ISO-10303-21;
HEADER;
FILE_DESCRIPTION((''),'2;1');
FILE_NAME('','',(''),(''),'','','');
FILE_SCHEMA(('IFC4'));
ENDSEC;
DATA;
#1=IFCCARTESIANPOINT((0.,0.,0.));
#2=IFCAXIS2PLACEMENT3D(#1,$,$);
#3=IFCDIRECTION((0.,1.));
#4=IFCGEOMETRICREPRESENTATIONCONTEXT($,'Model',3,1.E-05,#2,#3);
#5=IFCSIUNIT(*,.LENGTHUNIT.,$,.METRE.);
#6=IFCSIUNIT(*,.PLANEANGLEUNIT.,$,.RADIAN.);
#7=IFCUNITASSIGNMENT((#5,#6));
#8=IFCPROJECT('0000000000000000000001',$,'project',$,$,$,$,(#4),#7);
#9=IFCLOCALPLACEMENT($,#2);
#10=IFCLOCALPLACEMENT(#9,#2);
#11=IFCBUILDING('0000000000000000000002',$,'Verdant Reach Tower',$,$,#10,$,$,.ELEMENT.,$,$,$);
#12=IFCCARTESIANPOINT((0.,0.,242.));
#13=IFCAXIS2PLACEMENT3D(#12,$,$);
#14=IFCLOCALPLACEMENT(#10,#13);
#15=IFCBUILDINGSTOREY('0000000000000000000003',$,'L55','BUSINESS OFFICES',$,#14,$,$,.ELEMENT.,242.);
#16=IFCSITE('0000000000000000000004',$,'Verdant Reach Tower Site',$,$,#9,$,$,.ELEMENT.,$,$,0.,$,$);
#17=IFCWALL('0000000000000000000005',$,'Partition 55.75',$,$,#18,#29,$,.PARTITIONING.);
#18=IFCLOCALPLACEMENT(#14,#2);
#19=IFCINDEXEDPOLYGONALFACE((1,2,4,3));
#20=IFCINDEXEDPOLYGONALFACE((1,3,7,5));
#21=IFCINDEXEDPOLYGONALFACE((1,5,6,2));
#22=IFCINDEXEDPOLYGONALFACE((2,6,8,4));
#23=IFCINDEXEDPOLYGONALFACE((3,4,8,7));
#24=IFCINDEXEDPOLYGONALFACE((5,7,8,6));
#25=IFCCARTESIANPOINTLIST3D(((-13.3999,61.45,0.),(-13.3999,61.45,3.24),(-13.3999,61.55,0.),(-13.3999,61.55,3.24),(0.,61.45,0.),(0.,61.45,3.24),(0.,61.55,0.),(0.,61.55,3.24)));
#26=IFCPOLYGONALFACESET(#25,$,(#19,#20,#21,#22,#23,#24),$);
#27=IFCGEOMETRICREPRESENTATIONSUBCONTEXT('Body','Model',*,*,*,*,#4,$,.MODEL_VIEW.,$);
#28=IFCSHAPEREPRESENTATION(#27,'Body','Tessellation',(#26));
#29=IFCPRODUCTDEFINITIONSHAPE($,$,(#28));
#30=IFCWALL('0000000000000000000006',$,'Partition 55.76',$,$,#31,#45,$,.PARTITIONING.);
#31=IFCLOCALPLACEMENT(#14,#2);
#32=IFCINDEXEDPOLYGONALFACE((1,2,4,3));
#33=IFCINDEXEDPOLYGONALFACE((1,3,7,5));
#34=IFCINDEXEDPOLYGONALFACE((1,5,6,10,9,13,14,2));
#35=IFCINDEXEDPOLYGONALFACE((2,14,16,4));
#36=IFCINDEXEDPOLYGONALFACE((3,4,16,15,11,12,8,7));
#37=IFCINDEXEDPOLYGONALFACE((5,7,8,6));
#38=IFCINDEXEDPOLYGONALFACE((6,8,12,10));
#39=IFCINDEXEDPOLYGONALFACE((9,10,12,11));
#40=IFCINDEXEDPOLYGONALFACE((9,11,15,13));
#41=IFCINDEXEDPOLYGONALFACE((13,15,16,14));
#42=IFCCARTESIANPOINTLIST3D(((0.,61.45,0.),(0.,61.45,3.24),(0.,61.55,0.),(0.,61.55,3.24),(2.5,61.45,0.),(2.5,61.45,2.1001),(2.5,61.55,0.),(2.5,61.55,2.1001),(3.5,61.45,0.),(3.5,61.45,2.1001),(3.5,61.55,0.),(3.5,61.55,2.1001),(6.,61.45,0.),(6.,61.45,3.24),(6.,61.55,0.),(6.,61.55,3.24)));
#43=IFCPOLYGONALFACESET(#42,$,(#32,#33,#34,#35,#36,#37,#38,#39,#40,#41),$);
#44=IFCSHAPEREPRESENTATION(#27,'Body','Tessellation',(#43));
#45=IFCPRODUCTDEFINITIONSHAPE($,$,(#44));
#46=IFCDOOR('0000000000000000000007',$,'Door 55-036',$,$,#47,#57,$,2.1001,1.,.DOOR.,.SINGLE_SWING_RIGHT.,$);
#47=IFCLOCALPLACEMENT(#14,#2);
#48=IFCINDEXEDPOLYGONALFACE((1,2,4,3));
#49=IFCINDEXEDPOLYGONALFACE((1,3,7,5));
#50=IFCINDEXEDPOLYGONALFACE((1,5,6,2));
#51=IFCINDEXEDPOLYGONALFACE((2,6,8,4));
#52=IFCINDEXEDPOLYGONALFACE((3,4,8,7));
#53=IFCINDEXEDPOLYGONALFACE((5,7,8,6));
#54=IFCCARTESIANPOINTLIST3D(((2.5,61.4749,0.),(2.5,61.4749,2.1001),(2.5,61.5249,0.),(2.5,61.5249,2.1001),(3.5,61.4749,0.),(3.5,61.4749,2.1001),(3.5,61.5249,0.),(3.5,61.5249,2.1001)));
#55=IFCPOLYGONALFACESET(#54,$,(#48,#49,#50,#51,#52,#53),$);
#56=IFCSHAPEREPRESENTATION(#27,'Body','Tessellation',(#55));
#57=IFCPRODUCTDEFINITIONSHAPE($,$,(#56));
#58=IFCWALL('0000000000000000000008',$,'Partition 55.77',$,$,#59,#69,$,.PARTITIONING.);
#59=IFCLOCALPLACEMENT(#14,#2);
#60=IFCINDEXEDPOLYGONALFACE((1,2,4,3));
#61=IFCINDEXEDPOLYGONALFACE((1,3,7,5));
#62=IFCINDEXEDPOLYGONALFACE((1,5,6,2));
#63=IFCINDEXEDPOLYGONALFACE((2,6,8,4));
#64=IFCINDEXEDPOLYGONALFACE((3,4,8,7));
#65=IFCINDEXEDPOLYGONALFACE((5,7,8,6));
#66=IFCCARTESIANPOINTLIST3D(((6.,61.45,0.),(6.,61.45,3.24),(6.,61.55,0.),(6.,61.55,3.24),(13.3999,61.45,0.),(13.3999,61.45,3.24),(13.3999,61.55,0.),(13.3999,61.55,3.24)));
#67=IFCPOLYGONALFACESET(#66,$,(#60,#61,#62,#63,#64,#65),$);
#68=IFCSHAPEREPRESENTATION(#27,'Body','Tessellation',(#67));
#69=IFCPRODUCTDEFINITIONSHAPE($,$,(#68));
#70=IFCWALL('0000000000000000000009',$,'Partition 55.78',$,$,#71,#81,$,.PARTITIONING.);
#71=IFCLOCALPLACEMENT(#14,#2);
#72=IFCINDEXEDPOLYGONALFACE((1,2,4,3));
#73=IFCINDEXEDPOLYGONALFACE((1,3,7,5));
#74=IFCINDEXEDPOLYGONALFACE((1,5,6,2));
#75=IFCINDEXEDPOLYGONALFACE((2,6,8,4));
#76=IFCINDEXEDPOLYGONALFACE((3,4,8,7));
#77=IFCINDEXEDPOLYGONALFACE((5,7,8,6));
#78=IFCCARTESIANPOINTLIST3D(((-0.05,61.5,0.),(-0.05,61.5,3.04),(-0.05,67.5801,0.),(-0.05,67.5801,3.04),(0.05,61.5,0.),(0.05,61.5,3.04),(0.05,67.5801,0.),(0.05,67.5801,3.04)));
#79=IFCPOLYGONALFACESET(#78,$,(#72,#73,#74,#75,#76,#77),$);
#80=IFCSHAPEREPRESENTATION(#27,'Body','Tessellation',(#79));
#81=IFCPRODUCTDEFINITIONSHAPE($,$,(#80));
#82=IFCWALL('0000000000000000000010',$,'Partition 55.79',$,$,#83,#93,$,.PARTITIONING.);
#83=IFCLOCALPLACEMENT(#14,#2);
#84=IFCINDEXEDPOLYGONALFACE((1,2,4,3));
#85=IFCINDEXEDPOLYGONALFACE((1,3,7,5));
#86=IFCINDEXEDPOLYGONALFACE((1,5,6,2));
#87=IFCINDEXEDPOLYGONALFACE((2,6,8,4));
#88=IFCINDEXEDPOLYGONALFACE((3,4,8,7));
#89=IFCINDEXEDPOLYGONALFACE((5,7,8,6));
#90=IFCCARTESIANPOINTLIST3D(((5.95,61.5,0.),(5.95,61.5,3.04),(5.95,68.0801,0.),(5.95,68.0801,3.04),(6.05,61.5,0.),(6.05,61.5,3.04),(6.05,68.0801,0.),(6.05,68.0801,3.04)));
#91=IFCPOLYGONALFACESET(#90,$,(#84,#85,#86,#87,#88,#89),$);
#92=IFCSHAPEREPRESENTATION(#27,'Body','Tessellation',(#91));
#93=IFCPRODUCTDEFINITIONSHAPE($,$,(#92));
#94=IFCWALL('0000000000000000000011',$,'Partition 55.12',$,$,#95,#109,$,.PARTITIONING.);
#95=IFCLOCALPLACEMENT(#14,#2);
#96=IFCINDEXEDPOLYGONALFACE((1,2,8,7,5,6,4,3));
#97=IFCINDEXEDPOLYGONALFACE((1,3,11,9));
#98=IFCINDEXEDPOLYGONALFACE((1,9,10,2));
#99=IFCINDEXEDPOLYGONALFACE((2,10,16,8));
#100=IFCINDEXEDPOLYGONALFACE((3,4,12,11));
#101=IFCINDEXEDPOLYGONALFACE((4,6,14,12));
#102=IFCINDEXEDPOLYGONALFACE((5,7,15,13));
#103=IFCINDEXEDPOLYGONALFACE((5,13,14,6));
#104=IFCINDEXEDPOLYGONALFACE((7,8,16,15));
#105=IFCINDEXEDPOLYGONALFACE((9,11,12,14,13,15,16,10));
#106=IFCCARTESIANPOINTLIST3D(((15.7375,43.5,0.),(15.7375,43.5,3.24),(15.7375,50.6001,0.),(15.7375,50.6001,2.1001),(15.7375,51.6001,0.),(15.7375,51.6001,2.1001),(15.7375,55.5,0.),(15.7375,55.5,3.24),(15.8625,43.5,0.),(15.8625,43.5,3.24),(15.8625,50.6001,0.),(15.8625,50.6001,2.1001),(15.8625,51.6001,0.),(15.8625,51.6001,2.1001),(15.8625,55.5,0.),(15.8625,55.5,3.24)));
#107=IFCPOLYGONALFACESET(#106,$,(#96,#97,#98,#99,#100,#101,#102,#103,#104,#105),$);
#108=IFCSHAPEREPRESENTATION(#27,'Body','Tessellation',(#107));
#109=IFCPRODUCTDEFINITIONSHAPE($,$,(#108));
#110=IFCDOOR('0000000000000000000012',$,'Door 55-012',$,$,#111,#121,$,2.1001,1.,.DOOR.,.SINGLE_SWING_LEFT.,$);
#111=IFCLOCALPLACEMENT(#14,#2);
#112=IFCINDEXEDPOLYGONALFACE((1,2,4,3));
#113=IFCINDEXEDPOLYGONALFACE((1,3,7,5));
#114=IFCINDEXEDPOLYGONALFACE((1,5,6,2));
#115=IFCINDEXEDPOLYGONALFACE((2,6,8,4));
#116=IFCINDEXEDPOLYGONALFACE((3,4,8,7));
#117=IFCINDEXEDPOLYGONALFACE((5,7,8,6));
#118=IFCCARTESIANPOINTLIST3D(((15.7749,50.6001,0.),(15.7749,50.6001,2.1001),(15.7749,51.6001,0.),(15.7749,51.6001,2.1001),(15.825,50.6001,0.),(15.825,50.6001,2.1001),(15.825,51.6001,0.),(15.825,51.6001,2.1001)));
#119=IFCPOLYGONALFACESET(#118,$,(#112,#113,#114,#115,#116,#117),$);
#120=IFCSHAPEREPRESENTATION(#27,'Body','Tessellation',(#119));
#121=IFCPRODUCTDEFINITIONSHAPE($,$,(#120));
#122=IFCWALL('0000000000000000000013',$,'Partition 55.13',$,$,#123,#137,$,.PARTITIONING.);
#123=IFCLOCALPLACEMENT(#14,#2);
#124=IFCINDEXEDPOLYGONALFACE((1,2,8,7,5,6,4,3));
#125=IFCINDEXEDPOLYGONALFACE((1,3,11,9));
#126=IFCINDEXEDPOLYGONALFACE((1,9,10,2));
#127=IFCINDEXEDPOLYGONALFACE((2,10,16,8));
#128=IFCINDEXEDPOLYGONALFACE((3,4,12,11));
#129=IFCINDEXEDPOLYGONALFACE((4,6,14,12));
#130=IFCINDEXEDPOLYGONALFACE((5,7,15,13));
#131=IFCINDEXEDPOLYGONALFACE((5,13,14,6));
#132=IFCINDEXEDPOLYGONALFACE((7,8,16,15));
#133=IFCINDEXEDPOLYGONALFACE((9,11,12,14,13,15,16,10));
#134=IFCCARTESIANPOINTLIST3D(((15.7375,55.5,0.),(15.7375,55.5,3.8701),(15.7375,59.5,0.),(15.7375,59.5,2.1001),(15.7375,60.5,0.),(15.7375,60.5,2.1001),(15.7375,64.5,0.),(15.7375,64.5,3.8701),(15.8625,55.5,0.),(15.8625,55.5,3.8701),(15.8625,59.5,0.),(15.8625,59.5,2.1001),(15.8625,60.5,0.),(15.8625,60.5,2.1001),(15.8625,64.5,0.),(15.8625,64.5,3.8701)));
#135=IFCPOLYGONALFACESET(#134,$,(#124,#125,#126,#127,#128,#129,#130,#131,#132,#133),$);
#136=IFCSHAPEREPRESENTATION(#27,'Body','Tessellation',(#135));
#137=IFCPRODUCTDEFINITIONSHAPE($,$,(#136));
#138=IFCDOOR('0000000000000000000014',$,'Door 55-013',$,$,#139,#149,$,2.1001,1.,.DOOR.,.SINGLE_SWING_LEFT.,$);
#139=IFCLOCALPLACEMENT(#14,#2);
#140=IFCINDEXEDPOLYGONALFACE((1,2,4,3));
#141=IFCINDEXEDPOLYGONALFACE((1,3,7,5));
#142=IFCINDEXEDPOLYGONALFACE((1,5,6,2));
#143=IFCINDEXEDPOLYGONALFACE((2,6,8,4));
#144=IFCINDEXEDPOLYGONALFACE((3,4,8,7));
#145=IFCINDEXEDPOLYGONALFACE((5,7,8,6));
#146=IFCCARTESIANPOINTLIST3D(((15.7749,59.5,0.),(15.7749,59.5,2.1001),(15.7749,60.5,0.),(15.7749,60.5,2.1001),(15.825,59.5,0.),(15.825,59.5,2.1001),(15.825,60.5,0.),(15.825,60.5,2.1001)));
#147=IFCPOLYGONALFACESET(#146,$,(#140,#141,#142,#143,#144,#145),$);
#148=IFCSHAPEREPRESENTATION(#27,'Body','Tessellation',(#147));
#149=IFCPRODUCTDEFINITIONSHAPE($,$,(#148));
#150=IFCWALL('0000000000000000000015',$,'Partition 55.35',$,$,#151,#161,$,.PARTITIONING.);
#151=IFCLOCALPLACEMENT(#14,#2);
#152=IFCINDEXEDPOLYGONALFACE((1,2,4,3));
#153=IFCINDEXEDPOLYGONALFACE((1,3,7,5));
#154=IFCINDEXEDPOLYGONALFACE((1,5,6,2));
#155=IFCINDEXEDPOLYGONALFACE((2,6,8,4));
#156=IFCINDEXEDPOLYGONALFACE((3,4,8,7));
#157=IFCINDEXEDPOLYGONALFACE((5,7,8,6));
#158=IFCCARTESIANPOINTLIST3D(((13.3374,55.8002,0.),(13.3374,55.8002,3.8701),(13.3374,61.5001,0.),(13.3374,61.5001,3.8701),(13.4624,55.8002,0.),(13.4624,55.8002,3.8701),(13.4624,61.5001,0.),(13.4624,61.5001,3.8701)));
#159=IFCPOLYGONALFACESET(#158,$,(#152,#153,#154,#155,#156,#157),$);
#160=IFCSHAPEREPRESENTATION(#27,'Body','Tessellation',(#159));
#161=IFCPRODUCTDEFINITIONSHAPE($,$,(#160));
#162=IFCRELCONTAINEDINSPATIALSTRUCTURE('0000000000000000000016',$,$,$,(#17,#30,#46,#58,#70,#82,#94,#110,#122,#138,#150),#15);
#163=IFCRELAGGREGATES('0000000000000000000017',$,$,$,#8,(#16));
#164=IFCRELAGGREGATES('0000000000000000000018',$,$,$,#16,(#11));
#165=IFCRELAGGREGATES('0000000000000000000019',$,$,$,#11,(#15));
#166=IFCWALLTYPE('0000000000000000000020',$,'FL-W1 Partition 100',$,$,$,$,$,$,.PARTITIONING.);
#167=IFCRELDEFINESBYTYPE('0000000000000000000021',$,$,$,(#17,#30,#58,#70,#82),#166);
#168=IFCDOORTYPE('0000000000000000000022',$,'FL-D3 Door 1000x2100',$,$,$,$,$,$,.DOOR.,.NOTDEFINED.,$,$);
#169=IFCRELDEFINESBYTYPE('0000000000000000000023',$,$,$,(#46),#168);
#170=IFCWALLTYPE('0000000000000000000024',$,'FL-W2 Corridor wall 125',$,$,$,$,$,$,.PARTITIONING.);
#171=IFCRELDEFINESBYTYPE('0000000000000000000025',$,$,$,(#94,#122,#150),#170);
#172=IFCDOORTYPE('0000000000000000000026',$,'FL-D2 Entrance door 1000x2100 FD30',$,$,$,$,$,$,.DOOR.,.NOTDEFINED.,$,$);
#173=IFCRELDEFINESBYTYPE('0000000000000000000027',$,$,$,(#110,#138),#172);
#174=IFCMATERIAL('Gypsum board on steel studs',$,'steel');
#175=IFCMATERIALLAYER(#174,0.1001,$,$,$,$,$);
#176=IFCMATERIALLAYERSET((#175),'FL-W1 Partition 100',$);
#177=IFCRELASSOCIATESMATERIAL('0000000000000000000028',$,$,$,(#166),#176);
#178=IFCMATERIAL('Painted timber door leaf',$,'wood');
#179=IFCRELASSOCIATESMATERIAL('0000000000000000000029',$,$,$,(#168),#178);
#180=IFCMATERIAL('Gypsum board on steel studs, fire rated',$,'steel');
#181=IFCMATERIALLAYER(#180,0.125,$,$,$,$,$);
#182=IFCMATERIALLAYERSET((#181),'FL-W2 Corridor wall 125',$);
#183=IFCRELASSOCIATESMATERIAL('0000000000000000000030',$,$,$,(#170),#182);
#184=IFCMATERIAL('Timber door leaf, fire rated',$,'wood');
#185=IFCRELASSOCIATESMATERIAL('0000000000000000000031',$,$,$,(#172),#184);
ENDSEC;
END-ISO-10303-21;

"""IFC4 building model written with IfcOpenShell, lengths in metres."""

from ifc_helpers import new_model, si_unit, direction, frame, frame_2d, origin, place, context, subcontext, project, spatial, rectangle, extrude, material, layer, layer_set, type_object, element, fill, save


model = new_model("IFC4")

# Units and contexts
model_context = context("Model", 3, precision=1e-05, world=origin(), true_north=direction((0.0, 1.0)))
body_context = subcontext(model_context, "Body", "Model", "MODEL_VIEW")
ifc_project = project(units=[si_unit("LENGTHUNIT", "METRE"), si_unit("PLANEANGLEUNIT", "RADIAN")], contexts=[model_context])

# Site, building, storey
site_placement = place(None, origin())
site = spatial("IfcSite", under=ifc_project, at=site_placement, Name="Verdant Reach Tower Site", CompositionType="ELEMENT", RefElevation=0.0)
building_placement = place(site_placement, origin())
building = spatial("IfcBuilding", under=site, at=building_placement, Name="Verdant Reach Tower", CompositionType="ELEMENT")
storey_placement = place(building_placement, frame((0.0, 0.0, 242.0)))
storey = spatial("IfcBuildingStorey", under=building, at=storey_placement, Name="L55", Description="BUSINESS OFFICES", CompositionType="ELEMENT", Elevation=242.0)

# Wall
ifc_material_1 = material(Name="Gypsum board on steel studs", Category="steel")
ifc_layer_1 = layer(ifc_material_1, 0.1001)
ifc_layer_set_1 = layer_set([ifc_layer_1], Name="FL-W1 Partition 100")
wall_type_1 = type_object("IfcWallType", Name="FL-W1 Partition 100", PredefinedType="PARTITIONING", material=ifc_layer_set_1)
wall_1_placement = place(storey_placement, frame((0.0, 61.5, 0.0), z_axis=(0.0, 0.0, 1.0), x_axis=(-1.0, 0.0, 0.0)))
element("IfcWall", 1, at=wall_1_placement, inside=storey, type_object=wall_type_1, Name="Partition 55.75", PredefinedType="PARTITIONING", context=body_context, shape_type="SweptSolid", body=[
    extrude(rectangle(XDim=13.3999, YDim=0.1001, at=frame_2d((6.7, 0.0))), origin(), (0.0, 0.0, 1.0), 3.24),
])

# Wall, opening, door
wall_2_placement = place(storey_placement, frame((0.0, 61.5, 0.0), z_axis=(0.0, 0.0, 1.0), x_axis=(1.0, 0.0, 0.0)))
wall_2 = element("IfcWall", 2, at=wall_2_placement, inside=storey, type_object=wall_type_1, Name="Partition 55.76", PredefinedType="PARTITIONING", context=body_context, shape_type="SweptSolid", body=[
    extrude(rectangle(XDim=6.0, YDim=0.1001, at=frame_2d((3.0, 0.0))), origin(), (0.0, 0.0, 1.0), 3.24),
])
opening_1_placement = place(wall_2_placement, frame((2.5, 0.0, 0.0)))
opening_1 = element("IfcOpeningElement", 3, at=opening_1_placement, cuts=wall_2, PredefinedType="OPENING", context=body_context, shape_type="SweptSolid", body=[
    extrude(rectangle(XDim=1.0, YDim=2.1001, at=frame_2d((0.5, 1.05))), frame((0.0, 0.0601, 0.0), z_axis=(0.0, -1.0, 0.0), x_axis=(1.0, 0.0, 0.0)), (0.0, 0.0, 1.0), 0.1201),
])
ifc_material_2 = material(Name="Painted timber door leaf", Category="wood")
door_type_1 = type_object("IfcDoorType", Name="FL-D3 Door 1000x2100", OperationType="NOTDEFINED", PredefinedType="DOOR", material=ifc_material_2)
door_1_placement = place(opening_1_placement, origin())
door_1 = element("IfcDoor", 4, at=door_1_placement, inside=storey, type_object=door_type_1, Name="Door 55-036", OperationType="SINGLE_SWING_RIGHT", OverallHeight=2.1001, OverallWidth=1.0, PredefinedType="DOOR", context=body_context, shape_type="SweptSolid", body=[
    extrude(rectangle(XDim=1.0, YDim=2.1001, at=frame_2d((0.5, 1.05))), frame((0.0, 0.0249, 0.0), z_axis=(0.0, -1.0, 0.0), x_axis=(1.0, 0.0, 0.0)), (0.0, 0.0, 1.0), 0.05),
])
fill(opening_1, door_1)

# Walls
wall_3_placement = place(storey_placement, frame((13.3999, 61.5, 0.0), z_axis=(0.0, 0.0, 1.0), x_axis=(-1.0, 0.0, 0.0)))
element("IfcWall", 5, at=wall_3_placement, inside=storey, type_object=wall_type_1, Name="Partition 55.77", PredefinedType="PARTITIONING", context=body_context, shape_type="SweptSolid", body=[
    extrude(rectangle(XDim=7.3999, YDim=0.1001, at=frame_2d((3.7, 0.0))), origin(), (0.0, 0.0, 1.0), 3.24),
])
wall_4_placement = place(storey_placement, frame((0.0, 61.5, 0.0), z_axis=(0.0, 0.0, 1.0), x_axis=(0.0, 1.0, 0.0)))
element("IfcWall", 6, at=wall_4_placement, inside=storey, type_object=wall_type_1, Name="Partition 55.78", PredefinedType="PARTITIONING", context=body_context, shape_type="SweptSolid", body=[
    extrude(rectangle(XDim=6.0801, YDim=0.1001, at=frame_2d((3.04, 0.0))), origin(), (0.0, 0.0, 1.0), 3.04),
])
wall_5_placement = place(storey_placement, frame((6.0, 61.5, 0.0), z_axis=(0.0, 0.0, 1.0), x_axis=(0.0, 1.0, 0.0)))
element("IfcWall", 7, at=wall_5_placement, inside=storey, type_object=wall_type_1, Name="Partition 55.79", PredefinedType="PARTITIONING", context=body_context, shape_type="SweptSolid", body=[
    extrude(rectangle(XDim=6.5801, YDim=0.1001, at=frame_2d((3.29, 0.0))), origin(), (0.0, 0.0, 1.0), 3.04),
])

# Walls, openings, doors
ifc_material_3 = material(Name="Gypsum board on steel studs, fire rated", Category="steel")
ifc_layer_2 = layer(ifc_material_3, 0.125)
ifc_layer_set_2 = layer_set([ifc_layer_2], Name="FL-W2 Corridor wall 125")
wall_type_2 = type_object("IfcWallType", Name="FL-W2 Corridor wall 125", PredefinedType="PARTITIONING", material=ifc_layer_set_2)
wall_6_placement = place(storey_placement, frame((15.8, 55.5, 0.0), z_axis=(0.0, 0.0, 1.0), x_axis=(0.0, -1.0, 0.0)))
wall_6 = element("IfcWall", 8, at=wall_6_placement, inside=storey, type_object=wall_type_2, Name="Partition 55.12", PredefinedType="PARTITIONING", context=body_context, shape_type="SweptSolid", body=[
    extrude(rectangle(XDim=12.0, YDim=0.125, at=frame_2d((6.0, 0.0))), origin(), (0.0, 0.0, 1.0), 3.24),
])
opening_2_placement = place(wall_6_placement, frame((3.8999, 0.0, 0.0)))
opening_2 = element("IfcOpeningElement", 9, at=opening_2_placement, cuts=wall_6, PredefinedType="OPENING", context=body_context, shape_type="SweptSolid", body=[
    extrude(rectangle(XDim=1.0, YDim=2.1001, at=frame_2d((0.5, 1.05))), frame((0.0, 0.0725, 0.0), z_axis=(0.0, -1.0, 0.0), x_axis=(1.0, 0.0, 0.0)), (0.0, 0.0, 1.0), 0.145),
])
ifc_material_4 = material(Name="Timber door leaf, fire rated", Category="wood")
door_type_2 = type_object("IfcDoorType", Name="FL-D2 Entrance door 1000x2100 FD30", OperationType="NOTDEFINED", PredefinedType="DOOR", material=ifc_material_4)
door_2_placement = place(opening_2_placement, origin())
door_2 = element("IfcDoor", 10, at=door_2_placement, inside=storey, type_object=door_type_2, Name="Door 55-012", OperationType="SINGLE_SWING_LEFT", OverallHeight=2.1001, OverallWidth=1.0, PredefinedType="DOOR", context=body_context, shape_type="SweptSolid", body=[
    extrude(rectangle(XDim=1.0, YDim=2.1001, at=frame_2d((0.5, 1.05))), frame((0.0, 0.0249, 0.0), z_axis=(0.0, -1.0, 0.0), x_axis=(1.0, 0.0, 0.0)), (0.0, 0.0, 1.0), 0.05),
])
fill(opening_2, door_2)
wall_7_placement = place(storey_placement, frame((15.8, 64.5, 0.0), z_axis=(0.0, 0.0, 1.0), x_axis=(0.0, -1.0, 0.0)))
wall_7 = element("IfcWall", 11, at=wall_7_placement, inside=storey, type_object=wall_type_2, Name="Partition 55.13", PredefinedType="PARTITIONING", context=body_context, shape_type="SweptSolid", body=[
    extrude(rectangle(XDim=9.0, YDim=0.125, at=frame_2d((4.5, 0.0))), origin(), (0.0, 0.0, 1.0), 3.8701),
])
opening_3_placement = place(wall_7_placement, frame((4.0, 0.0, 0.0)))
opening_3 = element("IfcOpeningElement", 12, at=opening_3_placement, cuts=wall_7, PredefinedType="OPENING", context=body_context, shape_type="SweptSolid", body=[
    extrude(rectangle(XDim=1.0, YDim=2.1001, at=frame_2d((0.5, 1.05))), frame((0.0, 0.0725, 0.0), z_axis=(0.0, -1.0, 0.0), x_axis=(1.0, 0.0, 0.0)), (0.0, 0.0, 1.0), 0.145),
])
door_3_placement = place(opening_3_placement, origin())
door_3 = element("IfcDoor", 13, at=door_3_placement, inside=storey, type_object=door_type_2, Name="Door 55-013", OperationType="SINGLE_SWING_LEFT", OverallHeight=2.1001, OverallWidth=1.0, PredefinedType="DOOR", context=body_context, shape_type="SweptSolid", body=[
    extrude(rectangle(XDim=1.0, YDim=2.1001, at=frame_2d((0.5, 1.05))), frame((0.0, 0.0249, 0.0), z_axis=(0.0, -1.0, 0.0), x_axis=(1.0, 0.0, 0.0)), (0.0, 0.0, 1.0), 0.05),
])
fill(opening_3, door_3)

# Wall
wall_8_placement = place(storey_placement, frame((13.3999, 55.8, 0.0), z_axis=(0.0, 0.0, 1.0), x_axis=(0.0, 1.0, 0.0)))
element("IfcWall", 14, at=wall_8_placement, inside=storey, type_object=wall_type_2, Name="Partition 55.35", PredefinedType="PARTITIONING", context=body_context, shape_type="SweptSolid", body=[
    extrude(rectangle(XDim=5.7, YDim=0.125, at=frame_2d((2.8501, 0.0))), origin(), (0.0, 0.0, 1.0), 3.8701),
])

save(model, "model.ifc")
